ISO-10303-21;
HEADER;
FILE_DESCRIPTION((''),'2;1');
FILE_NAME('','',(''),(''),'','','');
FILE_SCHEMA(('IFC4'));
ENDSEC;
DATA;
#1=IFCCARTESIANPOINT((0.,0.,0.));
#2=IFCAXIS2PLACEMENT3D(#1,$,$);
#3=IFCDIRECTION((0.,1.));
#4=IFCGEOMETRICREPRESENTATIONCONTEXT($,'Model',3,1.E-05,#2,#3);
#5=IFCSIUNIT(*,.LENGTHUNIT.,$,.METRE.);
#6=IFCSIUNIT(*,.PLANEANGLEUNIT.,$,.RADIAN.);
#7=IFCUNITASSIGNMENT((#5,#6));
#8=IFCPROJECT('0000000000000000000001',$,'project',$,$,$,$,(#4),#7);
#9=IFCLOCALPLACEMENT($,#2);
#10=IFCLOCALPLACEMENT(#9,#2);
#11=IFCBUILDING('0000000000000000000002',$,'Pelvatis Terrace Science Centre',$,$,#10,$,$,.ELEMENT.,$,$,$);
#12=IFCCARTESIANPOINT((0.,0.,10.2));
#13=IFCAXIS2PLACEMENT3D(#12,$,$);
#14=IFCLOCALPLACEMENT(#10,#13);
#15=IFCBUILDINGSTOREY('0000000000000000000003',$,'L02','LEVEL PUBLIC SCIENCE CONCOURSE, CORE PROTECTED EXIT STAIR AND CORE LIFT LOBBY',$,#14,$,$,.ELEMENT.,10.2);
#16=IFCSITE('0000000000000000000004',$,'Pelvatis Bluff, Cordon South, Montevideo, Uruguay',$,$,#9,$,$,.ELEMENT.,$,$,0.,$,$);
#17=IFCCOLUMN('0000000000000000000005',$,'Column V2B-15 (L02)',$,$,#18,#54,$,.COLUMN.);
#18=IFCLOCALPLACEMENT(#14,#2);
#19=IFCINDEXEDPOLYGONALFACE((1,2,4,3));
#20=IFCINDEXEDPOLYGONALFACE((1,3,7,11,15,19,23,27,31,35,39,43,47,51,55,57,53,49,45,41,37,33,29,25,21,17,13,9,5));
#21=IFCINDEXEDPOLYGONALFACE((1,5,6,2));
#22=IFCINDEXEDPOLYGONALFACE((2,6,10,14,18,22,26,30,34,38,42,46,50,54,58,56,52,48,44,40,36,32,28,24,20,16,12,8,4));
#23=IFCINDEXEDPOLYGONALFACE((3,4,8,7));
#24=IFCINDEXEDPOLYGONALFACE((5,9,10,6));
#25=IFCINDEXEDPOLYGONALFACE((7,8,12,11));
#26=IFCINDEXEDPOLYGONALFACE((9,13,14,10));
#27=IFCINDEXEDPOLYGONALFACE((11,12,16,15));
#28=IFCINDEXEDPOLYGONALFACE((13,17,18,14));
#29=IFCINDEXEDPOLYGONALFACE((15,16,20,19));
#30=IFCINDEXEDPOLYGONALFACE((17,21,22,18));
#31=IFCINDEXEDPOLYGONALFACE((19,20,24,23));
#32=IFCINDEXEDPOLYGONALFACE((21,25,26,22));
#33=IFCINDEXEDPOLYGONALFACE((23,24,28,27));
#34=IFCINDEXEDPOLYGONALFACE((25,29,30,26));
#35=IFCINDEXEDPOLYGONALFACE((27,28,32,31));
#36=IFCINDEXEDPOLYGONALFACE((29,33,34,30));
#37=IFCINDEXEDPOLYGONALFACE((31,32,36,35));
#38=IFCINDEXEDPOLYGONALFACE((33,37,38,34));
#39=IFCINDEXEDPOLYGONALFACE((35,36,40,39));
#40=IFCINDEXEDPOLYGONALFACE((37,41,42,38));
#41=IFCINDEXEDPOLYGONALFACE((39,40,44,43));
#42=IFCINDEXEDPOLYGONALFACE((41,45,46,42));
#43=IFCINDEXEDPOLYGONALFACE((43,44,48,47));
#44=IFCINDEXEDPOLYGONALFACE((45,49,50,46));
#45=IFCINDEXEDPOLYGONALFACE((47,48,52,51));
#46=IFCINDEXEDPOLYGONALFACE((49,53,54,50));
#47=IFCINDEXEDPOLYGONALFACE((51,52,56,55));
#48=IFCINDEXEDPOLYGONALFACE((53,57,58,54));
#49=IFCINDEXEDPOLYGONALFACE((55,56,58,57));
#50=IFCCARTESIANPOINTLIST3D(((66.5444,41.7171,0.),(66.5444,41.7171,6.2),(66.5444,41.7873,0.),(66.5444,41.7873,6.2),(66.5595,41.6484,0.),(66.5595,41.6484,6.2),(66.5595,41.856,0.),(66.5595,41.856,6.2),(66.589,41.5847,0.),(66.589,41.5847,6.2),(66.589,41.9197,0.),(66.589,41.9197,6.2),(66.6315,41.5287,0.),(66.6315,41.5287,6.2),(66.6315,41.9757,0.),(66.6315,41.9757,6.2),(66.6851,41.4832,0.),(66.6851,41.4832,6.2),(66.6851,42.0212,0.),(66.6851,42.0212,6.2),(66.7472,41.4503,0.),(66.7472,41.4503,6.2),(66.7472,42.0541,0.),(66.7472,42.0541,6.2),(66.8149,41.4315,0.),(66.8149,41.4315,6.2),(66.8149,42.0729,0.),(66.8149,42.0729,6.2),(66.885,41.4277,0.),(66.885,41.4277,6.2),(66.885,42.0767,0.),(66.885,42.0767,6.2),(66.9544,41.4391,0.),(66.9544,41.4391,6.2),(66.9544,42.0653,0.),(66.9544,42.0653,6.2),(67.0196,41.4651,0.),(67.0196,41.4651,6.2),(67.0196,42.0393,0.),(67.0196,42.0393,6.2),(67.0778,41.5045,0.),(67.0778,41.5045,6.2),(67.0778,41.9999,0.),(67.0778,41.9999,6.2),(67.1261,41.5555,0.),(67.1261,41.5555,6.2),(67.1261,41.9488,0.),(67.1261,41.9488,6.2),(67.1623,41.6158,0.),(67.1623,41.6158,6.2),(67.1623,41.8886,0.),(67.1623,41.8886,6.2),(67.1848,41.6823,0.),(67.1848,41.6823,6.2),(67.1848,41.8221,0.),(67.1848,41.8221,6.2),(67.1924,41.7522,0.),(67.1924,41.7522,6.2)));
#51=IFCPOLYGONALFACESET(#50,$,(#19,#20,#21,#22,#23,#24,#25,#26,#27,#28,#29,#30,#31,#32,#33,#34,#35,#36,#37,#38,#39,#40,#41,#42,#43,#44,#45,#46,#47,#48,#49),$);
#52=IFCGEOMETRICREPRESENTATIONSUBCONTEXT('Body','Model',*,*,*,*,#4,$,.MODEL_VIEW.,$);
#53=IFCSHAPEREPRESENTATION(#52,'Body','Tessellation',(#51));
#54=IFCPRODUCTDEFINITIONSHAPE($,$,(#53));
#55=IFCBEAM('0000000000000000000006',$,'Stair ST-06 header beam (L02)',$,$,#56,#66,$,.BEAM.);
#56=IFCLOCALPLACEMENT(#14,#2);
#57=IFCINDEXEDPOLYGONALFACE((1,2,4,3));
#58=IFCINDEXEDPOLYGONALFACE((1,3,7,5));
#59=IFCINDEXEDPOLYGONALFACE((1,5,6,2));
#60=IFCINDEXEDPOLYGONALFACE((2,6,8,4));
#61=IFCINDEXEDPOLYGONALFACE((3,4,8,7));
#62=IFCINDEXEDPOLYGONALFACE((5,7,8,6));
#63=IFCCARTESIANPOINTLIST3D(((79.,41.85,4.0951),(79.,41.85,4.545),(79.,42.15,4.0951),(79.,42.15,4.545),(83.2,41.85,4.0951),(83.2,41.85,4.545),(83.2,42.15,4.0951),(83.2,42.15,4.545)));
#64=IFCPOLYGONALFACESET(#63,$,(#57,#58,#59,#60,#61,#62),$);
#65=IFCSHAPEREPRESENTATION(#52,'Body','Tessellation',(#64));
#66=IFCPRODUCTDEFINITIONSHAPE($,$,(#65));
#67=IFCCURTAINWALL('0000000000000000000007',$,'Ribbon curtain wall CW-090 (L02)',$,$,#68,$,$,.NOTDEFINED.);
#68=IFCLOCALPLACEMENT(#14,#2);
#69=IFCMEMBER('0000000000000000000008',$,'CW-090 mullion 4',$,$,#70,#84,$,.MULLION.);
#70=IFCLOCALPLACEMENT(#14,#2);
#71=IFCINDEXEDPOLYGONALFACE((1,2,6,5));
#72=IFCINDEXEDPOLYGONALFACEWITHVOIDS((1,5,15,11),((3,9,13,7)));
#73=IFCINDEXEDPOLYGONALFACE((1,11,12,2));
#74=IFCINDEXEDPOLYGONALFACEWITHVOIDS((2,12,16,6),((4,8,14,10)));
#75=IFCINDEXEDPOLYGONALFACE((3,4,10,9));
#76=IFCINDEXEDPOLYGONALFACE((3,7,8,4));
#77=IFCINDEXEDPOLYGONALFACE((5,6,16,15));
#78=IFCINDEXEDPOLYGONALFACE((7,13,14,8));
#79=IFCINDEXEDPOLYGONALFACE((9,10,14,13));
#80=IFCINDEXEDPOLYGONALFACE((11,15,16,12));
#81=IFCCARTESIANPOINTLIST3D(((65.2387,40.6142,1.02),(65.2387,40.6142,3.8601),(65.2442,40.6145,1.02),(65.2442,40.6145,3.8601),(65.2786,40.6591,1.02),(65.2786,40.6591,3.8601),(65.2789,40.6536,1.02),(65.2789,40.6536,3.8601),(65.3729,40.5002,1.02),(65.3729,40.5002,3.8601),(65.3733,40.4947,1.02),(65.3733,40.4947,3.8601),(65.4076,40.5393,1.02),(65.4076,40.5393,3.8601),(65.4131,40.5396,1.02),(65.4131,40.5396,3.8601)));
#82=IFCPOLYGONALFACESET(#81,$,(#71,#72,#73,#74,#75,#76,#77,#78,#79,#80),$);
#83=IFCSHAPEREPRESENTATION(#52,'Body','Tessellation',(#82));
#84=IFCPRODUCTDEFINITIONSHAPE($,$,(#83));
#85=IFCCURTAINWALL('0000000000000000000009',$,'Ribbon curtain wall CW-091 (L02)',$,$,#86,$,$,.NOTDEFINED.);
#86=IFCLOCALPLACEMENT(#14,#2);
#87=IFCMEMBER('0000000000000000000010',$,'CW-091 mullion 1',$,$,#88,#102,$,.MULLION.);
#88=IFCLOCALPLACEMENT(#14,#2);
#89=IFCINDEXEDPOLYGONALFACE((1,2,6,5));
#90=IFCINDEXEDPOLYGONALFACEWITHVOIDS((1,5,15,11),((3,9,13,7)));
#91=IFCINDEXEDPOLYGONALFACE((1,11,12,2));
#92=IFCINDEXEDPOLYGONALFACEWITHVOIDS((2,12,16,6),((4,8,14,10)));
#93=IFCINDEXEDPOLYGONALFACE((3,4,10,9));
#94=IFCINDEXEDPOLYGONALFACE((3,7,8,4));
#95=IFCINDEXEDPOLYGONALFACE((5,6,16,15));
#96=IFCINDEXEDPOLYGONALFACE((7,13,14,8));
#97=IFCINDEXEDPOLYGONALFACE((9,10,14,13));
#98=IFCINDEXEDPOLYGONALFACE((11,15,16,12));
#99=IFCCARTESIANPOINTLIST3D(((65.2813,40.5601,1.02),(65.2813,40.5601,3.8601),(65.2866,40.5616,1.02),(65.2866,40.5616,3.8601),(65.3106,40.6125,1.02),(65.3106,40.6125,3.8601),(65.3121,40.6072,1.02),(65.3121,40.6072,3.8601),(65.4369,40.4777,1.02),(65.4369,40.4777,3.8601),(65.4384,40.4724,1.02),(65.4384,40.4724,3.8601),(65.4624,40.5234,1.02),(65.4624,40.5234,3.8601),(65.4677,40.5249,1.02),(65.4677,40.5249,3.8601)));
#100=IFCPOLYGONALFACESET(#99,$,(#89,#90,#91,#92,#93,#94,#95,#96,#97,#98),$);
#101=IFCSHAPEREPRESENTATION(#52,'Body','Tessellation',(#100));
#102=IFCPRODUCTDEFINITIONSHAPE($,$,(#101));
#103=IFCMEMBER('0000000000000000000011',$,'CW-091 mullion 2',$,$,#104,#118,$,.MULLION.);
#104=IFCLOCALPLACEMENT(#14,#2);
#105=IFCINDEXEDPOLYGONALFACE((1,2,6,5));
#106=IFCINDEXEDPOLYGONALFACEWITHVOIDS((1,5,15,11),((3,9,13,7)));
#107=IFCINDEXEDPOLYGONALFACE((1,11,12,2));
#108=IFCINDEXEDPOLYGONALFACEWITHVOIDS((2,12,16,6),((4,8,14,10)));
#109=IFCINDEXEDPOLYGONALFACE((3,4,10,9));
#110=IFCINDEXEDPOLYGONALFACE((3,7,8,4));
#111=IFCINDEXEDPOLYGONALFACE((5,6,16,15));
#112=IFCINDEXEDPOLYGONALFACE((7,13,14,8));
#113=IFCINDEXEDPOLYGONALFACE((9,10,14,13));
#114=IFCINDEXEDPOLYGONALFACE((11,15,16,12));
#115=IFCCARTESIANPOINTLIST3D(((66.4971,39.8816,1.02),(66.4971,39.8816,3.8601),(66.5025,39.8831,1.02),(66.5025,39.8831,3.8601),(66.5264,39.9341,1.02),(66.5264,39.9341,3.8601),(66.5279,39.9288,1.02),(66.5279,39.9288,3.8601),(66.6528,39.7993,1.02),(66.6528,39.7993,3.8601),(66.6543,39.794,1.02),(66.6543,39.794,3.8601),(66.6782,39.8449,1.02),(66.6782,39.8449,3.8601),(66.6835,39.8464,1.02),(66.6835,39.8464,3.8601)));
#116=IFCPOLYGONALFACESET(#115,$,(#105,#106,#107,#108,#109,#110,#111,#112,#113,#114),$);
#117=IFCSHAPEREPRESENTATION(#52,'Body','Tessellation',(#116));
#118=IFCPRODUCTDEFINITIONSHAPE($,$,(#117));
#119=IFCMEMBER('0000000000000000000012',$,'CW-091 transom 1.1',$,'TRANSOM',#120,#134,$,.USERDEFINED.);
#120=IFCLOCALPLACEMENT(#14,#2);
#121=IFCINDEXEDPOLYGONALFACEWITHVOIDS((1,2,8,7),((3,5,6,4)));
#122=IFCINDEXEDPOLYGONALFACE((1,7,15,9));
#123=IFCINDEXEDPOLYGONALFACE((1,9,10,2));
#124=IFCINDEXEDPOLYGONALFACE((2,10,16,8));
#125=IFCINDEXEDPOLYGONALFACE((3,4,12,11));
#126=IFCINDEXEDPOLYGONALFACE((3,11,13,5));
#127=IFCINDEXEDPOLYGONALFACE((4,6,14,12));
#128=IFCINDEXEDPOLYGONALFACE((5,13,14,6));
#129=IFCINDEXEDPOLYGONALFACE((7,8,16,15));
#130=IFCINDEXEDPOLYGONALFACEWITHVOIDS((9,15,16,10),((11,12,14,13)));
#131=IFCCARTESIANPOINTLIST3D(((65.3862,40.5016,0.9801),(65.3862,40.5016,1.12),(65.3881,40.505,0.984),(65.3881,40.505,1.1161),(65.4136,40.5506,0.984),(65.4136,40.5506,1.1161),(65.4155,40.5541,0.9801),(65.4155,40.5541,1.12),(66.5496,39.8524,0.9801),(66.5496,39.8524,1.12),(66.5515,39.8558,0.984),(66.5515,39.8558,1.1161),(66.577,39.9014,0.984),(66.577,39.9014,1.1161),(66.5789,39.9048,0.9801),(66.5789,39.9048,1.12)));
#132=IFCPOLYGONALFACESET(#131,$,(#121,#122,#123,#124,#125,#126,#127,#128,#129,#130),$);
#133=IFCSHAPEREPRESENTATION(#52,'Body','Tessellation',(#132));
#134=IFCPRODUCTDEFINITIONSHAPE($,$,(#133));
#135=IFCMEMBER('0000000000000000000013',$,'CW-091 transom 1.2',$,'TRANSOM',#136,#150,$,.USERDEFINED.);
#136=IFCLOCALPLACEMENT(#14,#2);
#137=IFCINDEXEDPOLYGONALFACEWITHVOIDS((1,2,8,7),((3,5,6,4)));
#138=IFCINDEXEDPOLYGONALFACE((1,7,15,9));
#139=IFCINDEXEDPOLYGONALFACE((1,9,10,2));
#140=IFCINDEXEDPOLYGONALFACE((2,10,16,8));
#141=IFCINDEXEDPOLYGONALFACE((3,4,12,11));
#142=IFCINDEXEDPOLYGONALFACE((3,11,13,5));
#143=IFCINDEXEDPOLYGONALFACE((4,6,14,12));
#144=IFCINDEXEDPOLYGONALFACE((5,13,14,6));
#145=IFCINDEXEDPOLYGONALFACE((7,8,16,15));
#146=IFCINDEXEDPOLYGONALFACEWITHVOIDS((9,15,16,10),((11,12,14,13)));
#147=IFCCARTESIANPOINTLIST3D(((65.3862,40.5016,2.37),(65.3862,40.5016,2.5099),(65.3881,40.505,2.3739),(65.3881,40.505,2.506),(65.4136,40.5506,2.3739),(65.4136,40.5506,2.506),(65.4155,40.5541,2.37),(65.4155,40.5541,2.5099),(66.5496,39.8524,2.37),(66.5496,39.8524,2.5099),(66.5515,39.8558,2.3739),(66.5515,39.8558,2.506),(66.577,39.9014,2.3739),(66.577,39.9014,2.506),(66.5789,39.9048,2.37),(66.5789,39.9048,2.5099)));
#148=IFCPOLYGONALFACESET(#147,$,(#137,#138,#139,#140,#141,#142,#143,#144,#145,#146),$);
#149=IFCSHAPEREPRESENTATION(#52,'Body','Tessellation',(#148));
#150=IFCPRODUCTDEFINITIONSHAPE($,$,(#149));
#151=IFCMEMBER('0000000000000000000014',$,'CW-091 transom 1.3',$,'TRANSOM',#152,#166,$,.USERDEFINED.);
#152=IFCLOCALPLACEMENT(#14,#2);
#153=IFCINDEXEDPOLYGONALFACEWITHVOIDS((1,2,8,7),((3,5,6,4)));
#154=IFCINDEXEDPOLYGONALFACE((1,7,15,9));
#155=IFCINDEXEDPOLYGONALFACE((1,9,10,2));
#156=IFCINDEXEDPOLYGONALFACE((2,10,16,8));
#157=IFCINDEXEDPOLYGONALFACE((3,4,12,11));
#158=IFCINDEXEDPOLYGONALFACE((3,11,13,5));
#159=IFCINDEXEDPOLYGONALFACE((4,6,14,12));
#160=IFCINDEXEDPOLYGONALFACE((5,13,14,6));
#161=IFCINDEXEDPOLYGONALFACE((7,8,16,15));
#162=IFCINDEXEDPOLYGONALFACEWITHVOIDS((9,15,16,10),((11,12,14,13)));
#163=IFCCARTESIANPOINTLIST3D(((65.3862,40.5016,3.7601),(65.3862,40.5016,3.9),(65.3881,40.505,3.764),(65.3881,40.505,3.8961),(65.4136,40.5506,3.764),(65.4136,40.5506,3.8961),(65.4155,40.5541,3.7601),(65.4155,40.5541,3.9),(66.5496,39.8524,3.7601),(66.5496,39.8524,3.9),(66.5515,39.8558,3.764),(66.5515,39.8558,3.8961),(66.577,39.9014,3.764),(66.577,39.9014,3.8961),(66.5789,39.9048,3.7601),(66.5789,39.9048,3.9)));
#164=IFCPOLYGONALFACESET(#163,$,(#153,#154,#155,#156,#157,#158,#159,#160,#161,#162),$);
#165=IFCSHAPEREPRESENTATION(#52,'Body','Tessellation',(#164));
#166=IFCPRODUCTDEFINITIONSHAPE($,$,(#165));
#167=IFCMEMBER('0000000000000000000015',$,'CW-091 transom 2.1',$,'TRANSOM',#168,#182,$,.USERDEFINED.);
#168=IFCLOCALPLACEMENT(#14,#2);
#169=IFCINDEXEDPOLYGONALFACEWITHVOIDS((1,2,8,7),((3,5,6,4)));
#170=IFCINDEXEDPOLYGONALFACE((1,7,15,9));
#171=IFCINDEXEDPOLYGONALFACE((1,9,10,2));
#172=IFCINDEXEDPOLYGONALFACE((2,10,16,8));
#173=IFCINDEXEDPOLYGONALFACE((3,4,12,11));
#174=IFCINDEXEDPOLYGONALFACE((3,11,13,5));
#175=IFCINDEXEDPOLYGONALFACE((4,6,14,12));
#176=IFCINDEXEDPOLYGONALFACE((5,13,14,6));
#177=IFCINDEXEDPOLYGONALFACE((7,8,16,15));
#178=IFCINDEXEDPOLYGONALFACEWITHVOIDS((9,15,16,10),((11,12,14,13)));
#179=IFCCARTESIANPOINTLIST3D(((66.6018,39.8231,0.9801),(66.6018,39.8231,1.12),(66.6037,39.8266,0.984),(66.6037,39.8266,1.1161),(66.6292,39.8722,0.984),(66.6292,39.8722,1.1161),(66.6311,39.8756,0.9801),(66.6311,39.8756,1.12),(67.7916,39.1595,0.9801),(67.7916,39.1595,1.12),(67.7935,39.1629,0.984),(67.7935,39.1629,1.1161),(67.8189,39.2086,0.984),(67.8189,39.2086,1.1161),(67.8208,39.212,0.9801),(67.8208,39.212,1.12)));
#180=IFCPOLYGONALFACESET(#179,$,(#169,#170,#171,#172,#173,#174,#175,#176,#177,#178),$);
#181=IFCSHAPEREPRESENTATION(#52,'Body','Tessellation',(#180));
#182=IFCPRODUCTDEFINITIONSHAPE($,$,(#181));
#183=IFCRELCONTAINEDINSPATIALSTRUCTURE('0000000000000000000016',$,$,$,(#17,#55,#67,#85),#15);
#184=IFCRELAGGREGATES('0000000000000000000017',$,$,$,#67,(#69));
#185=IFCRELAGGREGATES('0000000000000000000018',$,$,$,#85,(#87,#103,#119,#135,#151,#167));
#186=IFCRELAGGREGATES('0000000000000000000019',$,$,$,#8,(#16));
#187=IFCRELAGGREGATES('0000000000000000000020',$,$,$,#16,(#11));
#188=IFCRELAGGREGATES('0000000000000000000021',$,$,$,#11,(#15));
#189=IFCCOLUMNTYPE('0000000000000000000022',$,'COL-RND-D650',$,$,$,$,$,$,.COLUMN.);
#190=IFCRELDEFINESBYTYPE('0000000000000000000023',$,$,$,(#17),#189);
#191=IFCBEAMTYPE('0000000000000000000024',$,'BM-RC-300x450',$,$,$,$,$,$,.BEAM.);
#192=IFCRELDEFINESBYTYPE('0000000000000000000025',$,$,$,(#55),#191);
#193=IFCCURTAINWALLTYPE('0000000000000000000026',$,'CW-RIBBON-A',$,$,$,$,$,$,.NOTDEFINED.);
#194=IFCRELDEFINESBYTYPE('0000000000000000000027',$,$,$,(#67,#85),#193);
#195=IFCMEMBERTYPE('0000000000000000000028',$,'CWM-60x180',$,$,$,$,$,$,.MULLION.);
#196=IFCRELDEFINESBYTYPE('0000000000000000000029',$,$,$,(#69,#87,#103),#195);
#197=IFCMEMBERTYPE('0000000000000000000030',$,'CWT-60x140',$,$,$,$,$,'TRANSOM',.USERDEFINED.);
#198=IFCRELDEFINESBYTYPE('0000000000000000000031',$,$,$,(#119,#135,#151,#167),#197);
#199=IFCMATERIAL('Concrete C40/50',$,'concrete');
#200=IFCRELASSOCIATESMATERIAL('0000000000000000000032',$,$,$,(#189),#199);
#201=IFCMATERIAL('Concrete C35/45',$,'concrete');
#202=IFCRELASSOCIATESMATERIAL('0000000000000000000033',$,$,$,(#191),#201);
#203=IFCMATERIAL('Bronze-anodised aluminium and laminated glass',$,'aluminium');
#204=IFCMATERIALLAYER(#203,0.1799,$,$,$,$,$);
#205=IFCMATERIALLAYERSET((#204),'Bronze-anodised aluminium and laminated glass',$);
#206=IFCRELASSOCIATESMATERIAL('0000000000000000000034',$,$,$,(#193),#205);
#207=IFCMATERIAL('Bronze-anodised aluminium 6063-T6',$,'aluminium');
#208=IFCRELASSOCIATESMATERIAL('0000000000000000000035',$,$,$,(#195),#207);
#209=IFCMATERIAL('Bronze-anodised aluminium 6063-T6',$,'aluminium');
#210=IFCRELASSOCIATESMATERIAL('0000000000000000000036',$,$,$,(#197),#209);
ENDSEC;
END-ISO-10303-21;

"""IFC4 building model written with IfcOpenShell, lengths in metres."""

from ifc_helpers import new_model, si_unit, direction, frame, origin, origin_2d, place, context, subcontext, project, spatial, rectangle, hollow_rectangle, circle, extrude, material, layer, layer_set, material_profile, profile_set, type_object, element, aggregate, save


model = new_model("IFC4")

# Units and contexts
model_context = context("Model", 3, precision=1e-05, world=origin(), true_north=direction((0.0, 1.0)))
body_context = subcontext(model_context, "Body", "Model", "MODEL_VIEW")
ifc_project = project(units=[si_unit("LENGTHUNIT", "METRE"), si_unit("PLANEANGLEUNIT", "RADIAN")], contexts=[model_context])

# Site, building, storey
site_placement = place(None, origin())
site = spatial("IfcSite", under=ifc_project, at=site_placement, Name="Pelvatis Bluff, Cordon South, Montevideo, Uruguay", CompositionType="ELEMENT", RefElevation=0.0)
building_placement = place(site_placement, origin())
building = spatial("IfcBuilding", under=site, at=building_placement, Name="Pelvatis Terrace Science Centre", CompositionType="ELEMENT")
storey_placement = place(building_placement, frame((0.0, 0.0, 10.2)))
storey = spatial("IfcBuildingStorey", under=building, at=storey_placement, Name="L02", Description="LEVEL PUBLIC SCIENCE CONCOURSE, CORE PROTECTED EXIT STAIR AND CORE LIFT LOBBY", CompositionType="ELEMENT", Elevation=10.2)

# Column
ifc_material_1 = material(Name="Concrete C40/50", Category="concrete")
ifc_material_profile_1 = material_profile(ifc_material_1, circle(Radius=0.325, at=origin_2d()), Name="RC-RCOL D650")
ifc_profile_set_1 = profile_set([ifc_material_profile_1], Name="Concrete C40/50")
column_type = type_object("IfcColumnType", Name="COL-RND-D650", PredefinedType="COLUMN", material=ifc_profile_set_1)
column_placement = place(storey_placement, frame((66.8674, 41.7522, 0.0), z_axis=(0.0, 0.0, 1.0), x_axis=(1.0, 0.0, 0.0)))
element("IfcColumn", 1, at=column_placement, inside=storey, type_object=column_type, Name="Column V2B-15 (L02)", PredefinedType="COLUMN", context=body_context, shape_type="SweptSolid", body=[
    extrude(circle(Radius=0.325, at=origin_2d()), origin(), (0.0, 0.0, 1.0), 6.2),
])

# Beam
ifc_material_2 = material(Name="Concrete C35/45", Category="concrete")
ifc_material_profile_2 = material_profile(ifc_material_2, rectangle(XDim=0.3, YDim=0.45, at=origin_2d()), Name="RC-BM 300x450")
ifc_profile_set_2 = profile_set([ifc_material_profile_2], Name="Concrete C35/45")
beam_type = type_object("IfcBeamType", Name="BM-RC-300x450", PredefinedType="BEAM", material=ifc_profile_set_2)
beam_placement = place(storey_placement, frame((79.0, 42.0, 4.3201), z_axis=(1.0, 0.0, 0.0), x_axis=(0.0, 1.0, 0.0)))
element("IfcBeam", 2, at=beam_placement, inside=storey, type_object=beam_type, Name="Stair ST-06 header beam (L02)", PredefinedType="BEAM", context=body_context, shape_type="SweptSolid", body=[
    extrude(rectangle(XDim=0.3, YDim=0.45, at=origin_2d()), origin(), (0.0, 0.0, 1.0), 4.2),
])

# Curtain wall, member
ifc_material_3 = material(Name="Bronze-anodised aluminium and laminated glass", Category="aluminium")
ifc_layer_1 = layer(ifc_material_3, 0.1799)
ifc_layer_set_1 = layer_set([ifc_layer_1], Name="Bronze-anodised aluminium and laminated glass")
curtain_wall_type = type_object("IfcCurtainWallType", Name="CW-RIBBON-A", PredefinedType="NOTDEFINED", material=ifc_layer_set_1)
curtain_wall_1_placement = place(storey_placement, origin())
curtain_wall_1 = element("IfcCurtainWall", 3, at=curtain_wall_1_placement, inside=storey, type_object=curtain_wall_type, Name="Ribbon curtain wall CW-090 (L02)", PredefinedType="NOTDEFINED")
ifc_material_4 = material(Name="Bronze-anodised aluminium 6063-T6", Category="aluminium")
ifc_material_profile_3 = material_profile(ifc_material_4, hollow_rectangle(XDim=0.0601, YDim=0.1799, WallThickness=0.0039, at=origin_2d()), Name="ALU-MUL 60x180")
ifc_profile_set_3 = profile_set([ifc_material_profile_3], Name="Bronze-anodised aluminium 6063-T6")
member_type_1 = type_object("IfcMemberType", Name="CWM-60x180", PredefinedType="MULLION", material=ifc_profile_set_3)
member_1_placement = place(storey_placement, frame((65.3259, 40.5769, 1.02), z_axis=(0.0, 0.0, 1.0), x_axis=(0.664016, 0.747718, 0.0)))
member_1 = element("IfcMember", 4, at=member_1_placement, type_object=member_type_1, Name="CW-090 mullion 4", PredefinedType="MULLION", context=body_context, shape_type="SweptSolid", body=[
    extrude(hollow_rectangle(XDim=0.0601, YDim=0.1799, WallThickness=0.0039, at=origin_2d()), origin(), (0.0, 0.0, 1.0), 2.8401),
])

# Curtain wall, members
curtain_wall_2_placement = place(storey_placement, origin())
curtain_wall_2 = element("IfcCurtainWall", 5, at=curtain_wall_2_placement, inside=storey, type_object=curtain_wall_type, Name="Ribbon curtain wall CW-091 (L02)", PredefinedType="NOTDEFINED")
member_2_placement = place(storey_placement, frame((65.3745, 40.5425, 1.02), z_axis=(0.0, 0.0, 1.0), x_axis=(0.487256, 0.873259, 0.0)))
member_2 = element("IfcMember", 6, at=member_2_placement, type_object=member_type_1, Name="CW-091 mullion 1", PredefinedType="MULLION", context=body_context, shape_type="SweptSolid", body=[
    extrude(hollow_rectangle(XDim=0.0601, YDim=0.1799, WallThickness=0.0039, at=origin_2d()), origin(), (0.0, 0.0, 1.0), 2.8401),
])
member_3_placement = place(storey_placement, frame((66.5903, 39.864, 1.02), z_axis=(0.0, 0.0, 1.0), x_axis=(0.487256, 0.873259, 0.0)))
member_3 = element("IfcMember", 7, at=member_3_placement, type_object=member_type_1, Name="CW-091 mullion 2", PredefinedType="MULLION", context=body_context, shape_type="SweptSolid", body=[
    extrude(hollow_rectangle(XDim=0.0601, YDim=0.1799, WallThickness=0.0039, at=origin_2d()), origin(), (0.0, 0.0, 1.0), 2.8401),
])
ifc_material_5 = material(Name="Bronze-anodised aluminium 6063-T6", Category="aluminium")
ifc_material_profile_4 = material_profile(ifc_material_5, hollow_rectangle(XDim=0.0601, YDim=0.1399, WallThickness=0.0039, at=origin_2d()), Name="ALU-TRN 60x140")
ifc_profile_set_4 = profile_set([ifc_material_profile_4], Name="Bronze-anodised aluminium 6063-T6")
member_type_2 = type_object("IfcMemberType", Name="CWT-60x140", ElementType="TRANSOM", PredefinedType="USERDEFINED", material=ifc_profile_set_4)
member_4_placement = place(storey_placement, frame((65.4009, 40.5278, 1.05), z_axis=(0.873239, -0.487291, 0.0), x_axis=(0.487291, 0.873239, 0.0)))
member_4 = element("IfcMember", 8, at=member_4_placement, type_object=member_type_2, Name="CW-091 transom 1.1", ObjectType="TRANSOM", PredefinedType="USERDEFINED", context=body_context, shape_type="SweptSolid", body=[
    extrude(hollow_rectangle(XDim=0.0601, YDim=0.1399, WallThickness=0.0039, at=origin_2d()), origin(), (0.0, 0.0, 1.0), 1.3323),
])
member_5_placement = place(storey_placement, frame((65.4009, 40.5278, 2.4399), z_axis=(0.873239, -0.487291, 0.0), x_axis=(0.487291, 0.873239, 0.0)))
member_5 = element("IfcMember", 9, at=member_5_placement, type_object=member_type_2, Name="CW-091 transom 1.2", ObjectType="TRANSOM", PredefinedType="USERDEFINED", context=body_context, shape_type="SweptSolid", body=[
    extrude(hollow_rectangle(XDim=0.0601, YDim=0.1399, WallThickness=0.0039, at=origin_2d()), origin(), (0.0, 0.0, 1.0), 1.3323),
])
member_6_placement = place(storey_placement, frame((65.4009, 40.5278, 3.8301), z_axis=(0.873239, -0.487291, 0.0), x_axis=(0.487291, 0.873239, 0.0)))
member_6 = element("IfcMember", 10, at=member_6_placement, type_object=member_type_2, Name="CW-091 transom 1.3", ObjectType="TRANSOM", PredefinedType="USERDEFINED", context=body_context, shape_type="SweptSolid", body=[
    extrude(hollow_rectangle(XDim=0.0601, YDim=0.1399, WallThickness=0.0039, at=origin_2d()), origin(), (0.0, 0.0, 1.0), 1.3323),
])
member_7_placement = place(storey_placement, frame((66.6165, 39.8494, 1.05), z_axis=(0.873336, -0.487118, 0.0), x_axis=(0.487118, 0.873336, 0.0)))
member_7 = element("IfcMember", 11, at=member_7_placement, type_object=member_type_2, Name="CW-091 transom 2.1", ObjectType="TRANSOM", PredefinedType="USERDEFINED", context=body_context, shape_type="SweptSolid", body=[
    extrude(hollow_rectangle(XDim=0.0601, YDim=0.1399, WallThickness=0.0039, at=origin_2d()), origin(), (0.0, 0.0, 1.0), 1.3623),
])

aggregate(curtain_wall_1, [member_1])
aggregate(curtain_wall_2, [member_2, member_3, member_4, member_5, member_6, member_7])

save(model, "model.ifc")
